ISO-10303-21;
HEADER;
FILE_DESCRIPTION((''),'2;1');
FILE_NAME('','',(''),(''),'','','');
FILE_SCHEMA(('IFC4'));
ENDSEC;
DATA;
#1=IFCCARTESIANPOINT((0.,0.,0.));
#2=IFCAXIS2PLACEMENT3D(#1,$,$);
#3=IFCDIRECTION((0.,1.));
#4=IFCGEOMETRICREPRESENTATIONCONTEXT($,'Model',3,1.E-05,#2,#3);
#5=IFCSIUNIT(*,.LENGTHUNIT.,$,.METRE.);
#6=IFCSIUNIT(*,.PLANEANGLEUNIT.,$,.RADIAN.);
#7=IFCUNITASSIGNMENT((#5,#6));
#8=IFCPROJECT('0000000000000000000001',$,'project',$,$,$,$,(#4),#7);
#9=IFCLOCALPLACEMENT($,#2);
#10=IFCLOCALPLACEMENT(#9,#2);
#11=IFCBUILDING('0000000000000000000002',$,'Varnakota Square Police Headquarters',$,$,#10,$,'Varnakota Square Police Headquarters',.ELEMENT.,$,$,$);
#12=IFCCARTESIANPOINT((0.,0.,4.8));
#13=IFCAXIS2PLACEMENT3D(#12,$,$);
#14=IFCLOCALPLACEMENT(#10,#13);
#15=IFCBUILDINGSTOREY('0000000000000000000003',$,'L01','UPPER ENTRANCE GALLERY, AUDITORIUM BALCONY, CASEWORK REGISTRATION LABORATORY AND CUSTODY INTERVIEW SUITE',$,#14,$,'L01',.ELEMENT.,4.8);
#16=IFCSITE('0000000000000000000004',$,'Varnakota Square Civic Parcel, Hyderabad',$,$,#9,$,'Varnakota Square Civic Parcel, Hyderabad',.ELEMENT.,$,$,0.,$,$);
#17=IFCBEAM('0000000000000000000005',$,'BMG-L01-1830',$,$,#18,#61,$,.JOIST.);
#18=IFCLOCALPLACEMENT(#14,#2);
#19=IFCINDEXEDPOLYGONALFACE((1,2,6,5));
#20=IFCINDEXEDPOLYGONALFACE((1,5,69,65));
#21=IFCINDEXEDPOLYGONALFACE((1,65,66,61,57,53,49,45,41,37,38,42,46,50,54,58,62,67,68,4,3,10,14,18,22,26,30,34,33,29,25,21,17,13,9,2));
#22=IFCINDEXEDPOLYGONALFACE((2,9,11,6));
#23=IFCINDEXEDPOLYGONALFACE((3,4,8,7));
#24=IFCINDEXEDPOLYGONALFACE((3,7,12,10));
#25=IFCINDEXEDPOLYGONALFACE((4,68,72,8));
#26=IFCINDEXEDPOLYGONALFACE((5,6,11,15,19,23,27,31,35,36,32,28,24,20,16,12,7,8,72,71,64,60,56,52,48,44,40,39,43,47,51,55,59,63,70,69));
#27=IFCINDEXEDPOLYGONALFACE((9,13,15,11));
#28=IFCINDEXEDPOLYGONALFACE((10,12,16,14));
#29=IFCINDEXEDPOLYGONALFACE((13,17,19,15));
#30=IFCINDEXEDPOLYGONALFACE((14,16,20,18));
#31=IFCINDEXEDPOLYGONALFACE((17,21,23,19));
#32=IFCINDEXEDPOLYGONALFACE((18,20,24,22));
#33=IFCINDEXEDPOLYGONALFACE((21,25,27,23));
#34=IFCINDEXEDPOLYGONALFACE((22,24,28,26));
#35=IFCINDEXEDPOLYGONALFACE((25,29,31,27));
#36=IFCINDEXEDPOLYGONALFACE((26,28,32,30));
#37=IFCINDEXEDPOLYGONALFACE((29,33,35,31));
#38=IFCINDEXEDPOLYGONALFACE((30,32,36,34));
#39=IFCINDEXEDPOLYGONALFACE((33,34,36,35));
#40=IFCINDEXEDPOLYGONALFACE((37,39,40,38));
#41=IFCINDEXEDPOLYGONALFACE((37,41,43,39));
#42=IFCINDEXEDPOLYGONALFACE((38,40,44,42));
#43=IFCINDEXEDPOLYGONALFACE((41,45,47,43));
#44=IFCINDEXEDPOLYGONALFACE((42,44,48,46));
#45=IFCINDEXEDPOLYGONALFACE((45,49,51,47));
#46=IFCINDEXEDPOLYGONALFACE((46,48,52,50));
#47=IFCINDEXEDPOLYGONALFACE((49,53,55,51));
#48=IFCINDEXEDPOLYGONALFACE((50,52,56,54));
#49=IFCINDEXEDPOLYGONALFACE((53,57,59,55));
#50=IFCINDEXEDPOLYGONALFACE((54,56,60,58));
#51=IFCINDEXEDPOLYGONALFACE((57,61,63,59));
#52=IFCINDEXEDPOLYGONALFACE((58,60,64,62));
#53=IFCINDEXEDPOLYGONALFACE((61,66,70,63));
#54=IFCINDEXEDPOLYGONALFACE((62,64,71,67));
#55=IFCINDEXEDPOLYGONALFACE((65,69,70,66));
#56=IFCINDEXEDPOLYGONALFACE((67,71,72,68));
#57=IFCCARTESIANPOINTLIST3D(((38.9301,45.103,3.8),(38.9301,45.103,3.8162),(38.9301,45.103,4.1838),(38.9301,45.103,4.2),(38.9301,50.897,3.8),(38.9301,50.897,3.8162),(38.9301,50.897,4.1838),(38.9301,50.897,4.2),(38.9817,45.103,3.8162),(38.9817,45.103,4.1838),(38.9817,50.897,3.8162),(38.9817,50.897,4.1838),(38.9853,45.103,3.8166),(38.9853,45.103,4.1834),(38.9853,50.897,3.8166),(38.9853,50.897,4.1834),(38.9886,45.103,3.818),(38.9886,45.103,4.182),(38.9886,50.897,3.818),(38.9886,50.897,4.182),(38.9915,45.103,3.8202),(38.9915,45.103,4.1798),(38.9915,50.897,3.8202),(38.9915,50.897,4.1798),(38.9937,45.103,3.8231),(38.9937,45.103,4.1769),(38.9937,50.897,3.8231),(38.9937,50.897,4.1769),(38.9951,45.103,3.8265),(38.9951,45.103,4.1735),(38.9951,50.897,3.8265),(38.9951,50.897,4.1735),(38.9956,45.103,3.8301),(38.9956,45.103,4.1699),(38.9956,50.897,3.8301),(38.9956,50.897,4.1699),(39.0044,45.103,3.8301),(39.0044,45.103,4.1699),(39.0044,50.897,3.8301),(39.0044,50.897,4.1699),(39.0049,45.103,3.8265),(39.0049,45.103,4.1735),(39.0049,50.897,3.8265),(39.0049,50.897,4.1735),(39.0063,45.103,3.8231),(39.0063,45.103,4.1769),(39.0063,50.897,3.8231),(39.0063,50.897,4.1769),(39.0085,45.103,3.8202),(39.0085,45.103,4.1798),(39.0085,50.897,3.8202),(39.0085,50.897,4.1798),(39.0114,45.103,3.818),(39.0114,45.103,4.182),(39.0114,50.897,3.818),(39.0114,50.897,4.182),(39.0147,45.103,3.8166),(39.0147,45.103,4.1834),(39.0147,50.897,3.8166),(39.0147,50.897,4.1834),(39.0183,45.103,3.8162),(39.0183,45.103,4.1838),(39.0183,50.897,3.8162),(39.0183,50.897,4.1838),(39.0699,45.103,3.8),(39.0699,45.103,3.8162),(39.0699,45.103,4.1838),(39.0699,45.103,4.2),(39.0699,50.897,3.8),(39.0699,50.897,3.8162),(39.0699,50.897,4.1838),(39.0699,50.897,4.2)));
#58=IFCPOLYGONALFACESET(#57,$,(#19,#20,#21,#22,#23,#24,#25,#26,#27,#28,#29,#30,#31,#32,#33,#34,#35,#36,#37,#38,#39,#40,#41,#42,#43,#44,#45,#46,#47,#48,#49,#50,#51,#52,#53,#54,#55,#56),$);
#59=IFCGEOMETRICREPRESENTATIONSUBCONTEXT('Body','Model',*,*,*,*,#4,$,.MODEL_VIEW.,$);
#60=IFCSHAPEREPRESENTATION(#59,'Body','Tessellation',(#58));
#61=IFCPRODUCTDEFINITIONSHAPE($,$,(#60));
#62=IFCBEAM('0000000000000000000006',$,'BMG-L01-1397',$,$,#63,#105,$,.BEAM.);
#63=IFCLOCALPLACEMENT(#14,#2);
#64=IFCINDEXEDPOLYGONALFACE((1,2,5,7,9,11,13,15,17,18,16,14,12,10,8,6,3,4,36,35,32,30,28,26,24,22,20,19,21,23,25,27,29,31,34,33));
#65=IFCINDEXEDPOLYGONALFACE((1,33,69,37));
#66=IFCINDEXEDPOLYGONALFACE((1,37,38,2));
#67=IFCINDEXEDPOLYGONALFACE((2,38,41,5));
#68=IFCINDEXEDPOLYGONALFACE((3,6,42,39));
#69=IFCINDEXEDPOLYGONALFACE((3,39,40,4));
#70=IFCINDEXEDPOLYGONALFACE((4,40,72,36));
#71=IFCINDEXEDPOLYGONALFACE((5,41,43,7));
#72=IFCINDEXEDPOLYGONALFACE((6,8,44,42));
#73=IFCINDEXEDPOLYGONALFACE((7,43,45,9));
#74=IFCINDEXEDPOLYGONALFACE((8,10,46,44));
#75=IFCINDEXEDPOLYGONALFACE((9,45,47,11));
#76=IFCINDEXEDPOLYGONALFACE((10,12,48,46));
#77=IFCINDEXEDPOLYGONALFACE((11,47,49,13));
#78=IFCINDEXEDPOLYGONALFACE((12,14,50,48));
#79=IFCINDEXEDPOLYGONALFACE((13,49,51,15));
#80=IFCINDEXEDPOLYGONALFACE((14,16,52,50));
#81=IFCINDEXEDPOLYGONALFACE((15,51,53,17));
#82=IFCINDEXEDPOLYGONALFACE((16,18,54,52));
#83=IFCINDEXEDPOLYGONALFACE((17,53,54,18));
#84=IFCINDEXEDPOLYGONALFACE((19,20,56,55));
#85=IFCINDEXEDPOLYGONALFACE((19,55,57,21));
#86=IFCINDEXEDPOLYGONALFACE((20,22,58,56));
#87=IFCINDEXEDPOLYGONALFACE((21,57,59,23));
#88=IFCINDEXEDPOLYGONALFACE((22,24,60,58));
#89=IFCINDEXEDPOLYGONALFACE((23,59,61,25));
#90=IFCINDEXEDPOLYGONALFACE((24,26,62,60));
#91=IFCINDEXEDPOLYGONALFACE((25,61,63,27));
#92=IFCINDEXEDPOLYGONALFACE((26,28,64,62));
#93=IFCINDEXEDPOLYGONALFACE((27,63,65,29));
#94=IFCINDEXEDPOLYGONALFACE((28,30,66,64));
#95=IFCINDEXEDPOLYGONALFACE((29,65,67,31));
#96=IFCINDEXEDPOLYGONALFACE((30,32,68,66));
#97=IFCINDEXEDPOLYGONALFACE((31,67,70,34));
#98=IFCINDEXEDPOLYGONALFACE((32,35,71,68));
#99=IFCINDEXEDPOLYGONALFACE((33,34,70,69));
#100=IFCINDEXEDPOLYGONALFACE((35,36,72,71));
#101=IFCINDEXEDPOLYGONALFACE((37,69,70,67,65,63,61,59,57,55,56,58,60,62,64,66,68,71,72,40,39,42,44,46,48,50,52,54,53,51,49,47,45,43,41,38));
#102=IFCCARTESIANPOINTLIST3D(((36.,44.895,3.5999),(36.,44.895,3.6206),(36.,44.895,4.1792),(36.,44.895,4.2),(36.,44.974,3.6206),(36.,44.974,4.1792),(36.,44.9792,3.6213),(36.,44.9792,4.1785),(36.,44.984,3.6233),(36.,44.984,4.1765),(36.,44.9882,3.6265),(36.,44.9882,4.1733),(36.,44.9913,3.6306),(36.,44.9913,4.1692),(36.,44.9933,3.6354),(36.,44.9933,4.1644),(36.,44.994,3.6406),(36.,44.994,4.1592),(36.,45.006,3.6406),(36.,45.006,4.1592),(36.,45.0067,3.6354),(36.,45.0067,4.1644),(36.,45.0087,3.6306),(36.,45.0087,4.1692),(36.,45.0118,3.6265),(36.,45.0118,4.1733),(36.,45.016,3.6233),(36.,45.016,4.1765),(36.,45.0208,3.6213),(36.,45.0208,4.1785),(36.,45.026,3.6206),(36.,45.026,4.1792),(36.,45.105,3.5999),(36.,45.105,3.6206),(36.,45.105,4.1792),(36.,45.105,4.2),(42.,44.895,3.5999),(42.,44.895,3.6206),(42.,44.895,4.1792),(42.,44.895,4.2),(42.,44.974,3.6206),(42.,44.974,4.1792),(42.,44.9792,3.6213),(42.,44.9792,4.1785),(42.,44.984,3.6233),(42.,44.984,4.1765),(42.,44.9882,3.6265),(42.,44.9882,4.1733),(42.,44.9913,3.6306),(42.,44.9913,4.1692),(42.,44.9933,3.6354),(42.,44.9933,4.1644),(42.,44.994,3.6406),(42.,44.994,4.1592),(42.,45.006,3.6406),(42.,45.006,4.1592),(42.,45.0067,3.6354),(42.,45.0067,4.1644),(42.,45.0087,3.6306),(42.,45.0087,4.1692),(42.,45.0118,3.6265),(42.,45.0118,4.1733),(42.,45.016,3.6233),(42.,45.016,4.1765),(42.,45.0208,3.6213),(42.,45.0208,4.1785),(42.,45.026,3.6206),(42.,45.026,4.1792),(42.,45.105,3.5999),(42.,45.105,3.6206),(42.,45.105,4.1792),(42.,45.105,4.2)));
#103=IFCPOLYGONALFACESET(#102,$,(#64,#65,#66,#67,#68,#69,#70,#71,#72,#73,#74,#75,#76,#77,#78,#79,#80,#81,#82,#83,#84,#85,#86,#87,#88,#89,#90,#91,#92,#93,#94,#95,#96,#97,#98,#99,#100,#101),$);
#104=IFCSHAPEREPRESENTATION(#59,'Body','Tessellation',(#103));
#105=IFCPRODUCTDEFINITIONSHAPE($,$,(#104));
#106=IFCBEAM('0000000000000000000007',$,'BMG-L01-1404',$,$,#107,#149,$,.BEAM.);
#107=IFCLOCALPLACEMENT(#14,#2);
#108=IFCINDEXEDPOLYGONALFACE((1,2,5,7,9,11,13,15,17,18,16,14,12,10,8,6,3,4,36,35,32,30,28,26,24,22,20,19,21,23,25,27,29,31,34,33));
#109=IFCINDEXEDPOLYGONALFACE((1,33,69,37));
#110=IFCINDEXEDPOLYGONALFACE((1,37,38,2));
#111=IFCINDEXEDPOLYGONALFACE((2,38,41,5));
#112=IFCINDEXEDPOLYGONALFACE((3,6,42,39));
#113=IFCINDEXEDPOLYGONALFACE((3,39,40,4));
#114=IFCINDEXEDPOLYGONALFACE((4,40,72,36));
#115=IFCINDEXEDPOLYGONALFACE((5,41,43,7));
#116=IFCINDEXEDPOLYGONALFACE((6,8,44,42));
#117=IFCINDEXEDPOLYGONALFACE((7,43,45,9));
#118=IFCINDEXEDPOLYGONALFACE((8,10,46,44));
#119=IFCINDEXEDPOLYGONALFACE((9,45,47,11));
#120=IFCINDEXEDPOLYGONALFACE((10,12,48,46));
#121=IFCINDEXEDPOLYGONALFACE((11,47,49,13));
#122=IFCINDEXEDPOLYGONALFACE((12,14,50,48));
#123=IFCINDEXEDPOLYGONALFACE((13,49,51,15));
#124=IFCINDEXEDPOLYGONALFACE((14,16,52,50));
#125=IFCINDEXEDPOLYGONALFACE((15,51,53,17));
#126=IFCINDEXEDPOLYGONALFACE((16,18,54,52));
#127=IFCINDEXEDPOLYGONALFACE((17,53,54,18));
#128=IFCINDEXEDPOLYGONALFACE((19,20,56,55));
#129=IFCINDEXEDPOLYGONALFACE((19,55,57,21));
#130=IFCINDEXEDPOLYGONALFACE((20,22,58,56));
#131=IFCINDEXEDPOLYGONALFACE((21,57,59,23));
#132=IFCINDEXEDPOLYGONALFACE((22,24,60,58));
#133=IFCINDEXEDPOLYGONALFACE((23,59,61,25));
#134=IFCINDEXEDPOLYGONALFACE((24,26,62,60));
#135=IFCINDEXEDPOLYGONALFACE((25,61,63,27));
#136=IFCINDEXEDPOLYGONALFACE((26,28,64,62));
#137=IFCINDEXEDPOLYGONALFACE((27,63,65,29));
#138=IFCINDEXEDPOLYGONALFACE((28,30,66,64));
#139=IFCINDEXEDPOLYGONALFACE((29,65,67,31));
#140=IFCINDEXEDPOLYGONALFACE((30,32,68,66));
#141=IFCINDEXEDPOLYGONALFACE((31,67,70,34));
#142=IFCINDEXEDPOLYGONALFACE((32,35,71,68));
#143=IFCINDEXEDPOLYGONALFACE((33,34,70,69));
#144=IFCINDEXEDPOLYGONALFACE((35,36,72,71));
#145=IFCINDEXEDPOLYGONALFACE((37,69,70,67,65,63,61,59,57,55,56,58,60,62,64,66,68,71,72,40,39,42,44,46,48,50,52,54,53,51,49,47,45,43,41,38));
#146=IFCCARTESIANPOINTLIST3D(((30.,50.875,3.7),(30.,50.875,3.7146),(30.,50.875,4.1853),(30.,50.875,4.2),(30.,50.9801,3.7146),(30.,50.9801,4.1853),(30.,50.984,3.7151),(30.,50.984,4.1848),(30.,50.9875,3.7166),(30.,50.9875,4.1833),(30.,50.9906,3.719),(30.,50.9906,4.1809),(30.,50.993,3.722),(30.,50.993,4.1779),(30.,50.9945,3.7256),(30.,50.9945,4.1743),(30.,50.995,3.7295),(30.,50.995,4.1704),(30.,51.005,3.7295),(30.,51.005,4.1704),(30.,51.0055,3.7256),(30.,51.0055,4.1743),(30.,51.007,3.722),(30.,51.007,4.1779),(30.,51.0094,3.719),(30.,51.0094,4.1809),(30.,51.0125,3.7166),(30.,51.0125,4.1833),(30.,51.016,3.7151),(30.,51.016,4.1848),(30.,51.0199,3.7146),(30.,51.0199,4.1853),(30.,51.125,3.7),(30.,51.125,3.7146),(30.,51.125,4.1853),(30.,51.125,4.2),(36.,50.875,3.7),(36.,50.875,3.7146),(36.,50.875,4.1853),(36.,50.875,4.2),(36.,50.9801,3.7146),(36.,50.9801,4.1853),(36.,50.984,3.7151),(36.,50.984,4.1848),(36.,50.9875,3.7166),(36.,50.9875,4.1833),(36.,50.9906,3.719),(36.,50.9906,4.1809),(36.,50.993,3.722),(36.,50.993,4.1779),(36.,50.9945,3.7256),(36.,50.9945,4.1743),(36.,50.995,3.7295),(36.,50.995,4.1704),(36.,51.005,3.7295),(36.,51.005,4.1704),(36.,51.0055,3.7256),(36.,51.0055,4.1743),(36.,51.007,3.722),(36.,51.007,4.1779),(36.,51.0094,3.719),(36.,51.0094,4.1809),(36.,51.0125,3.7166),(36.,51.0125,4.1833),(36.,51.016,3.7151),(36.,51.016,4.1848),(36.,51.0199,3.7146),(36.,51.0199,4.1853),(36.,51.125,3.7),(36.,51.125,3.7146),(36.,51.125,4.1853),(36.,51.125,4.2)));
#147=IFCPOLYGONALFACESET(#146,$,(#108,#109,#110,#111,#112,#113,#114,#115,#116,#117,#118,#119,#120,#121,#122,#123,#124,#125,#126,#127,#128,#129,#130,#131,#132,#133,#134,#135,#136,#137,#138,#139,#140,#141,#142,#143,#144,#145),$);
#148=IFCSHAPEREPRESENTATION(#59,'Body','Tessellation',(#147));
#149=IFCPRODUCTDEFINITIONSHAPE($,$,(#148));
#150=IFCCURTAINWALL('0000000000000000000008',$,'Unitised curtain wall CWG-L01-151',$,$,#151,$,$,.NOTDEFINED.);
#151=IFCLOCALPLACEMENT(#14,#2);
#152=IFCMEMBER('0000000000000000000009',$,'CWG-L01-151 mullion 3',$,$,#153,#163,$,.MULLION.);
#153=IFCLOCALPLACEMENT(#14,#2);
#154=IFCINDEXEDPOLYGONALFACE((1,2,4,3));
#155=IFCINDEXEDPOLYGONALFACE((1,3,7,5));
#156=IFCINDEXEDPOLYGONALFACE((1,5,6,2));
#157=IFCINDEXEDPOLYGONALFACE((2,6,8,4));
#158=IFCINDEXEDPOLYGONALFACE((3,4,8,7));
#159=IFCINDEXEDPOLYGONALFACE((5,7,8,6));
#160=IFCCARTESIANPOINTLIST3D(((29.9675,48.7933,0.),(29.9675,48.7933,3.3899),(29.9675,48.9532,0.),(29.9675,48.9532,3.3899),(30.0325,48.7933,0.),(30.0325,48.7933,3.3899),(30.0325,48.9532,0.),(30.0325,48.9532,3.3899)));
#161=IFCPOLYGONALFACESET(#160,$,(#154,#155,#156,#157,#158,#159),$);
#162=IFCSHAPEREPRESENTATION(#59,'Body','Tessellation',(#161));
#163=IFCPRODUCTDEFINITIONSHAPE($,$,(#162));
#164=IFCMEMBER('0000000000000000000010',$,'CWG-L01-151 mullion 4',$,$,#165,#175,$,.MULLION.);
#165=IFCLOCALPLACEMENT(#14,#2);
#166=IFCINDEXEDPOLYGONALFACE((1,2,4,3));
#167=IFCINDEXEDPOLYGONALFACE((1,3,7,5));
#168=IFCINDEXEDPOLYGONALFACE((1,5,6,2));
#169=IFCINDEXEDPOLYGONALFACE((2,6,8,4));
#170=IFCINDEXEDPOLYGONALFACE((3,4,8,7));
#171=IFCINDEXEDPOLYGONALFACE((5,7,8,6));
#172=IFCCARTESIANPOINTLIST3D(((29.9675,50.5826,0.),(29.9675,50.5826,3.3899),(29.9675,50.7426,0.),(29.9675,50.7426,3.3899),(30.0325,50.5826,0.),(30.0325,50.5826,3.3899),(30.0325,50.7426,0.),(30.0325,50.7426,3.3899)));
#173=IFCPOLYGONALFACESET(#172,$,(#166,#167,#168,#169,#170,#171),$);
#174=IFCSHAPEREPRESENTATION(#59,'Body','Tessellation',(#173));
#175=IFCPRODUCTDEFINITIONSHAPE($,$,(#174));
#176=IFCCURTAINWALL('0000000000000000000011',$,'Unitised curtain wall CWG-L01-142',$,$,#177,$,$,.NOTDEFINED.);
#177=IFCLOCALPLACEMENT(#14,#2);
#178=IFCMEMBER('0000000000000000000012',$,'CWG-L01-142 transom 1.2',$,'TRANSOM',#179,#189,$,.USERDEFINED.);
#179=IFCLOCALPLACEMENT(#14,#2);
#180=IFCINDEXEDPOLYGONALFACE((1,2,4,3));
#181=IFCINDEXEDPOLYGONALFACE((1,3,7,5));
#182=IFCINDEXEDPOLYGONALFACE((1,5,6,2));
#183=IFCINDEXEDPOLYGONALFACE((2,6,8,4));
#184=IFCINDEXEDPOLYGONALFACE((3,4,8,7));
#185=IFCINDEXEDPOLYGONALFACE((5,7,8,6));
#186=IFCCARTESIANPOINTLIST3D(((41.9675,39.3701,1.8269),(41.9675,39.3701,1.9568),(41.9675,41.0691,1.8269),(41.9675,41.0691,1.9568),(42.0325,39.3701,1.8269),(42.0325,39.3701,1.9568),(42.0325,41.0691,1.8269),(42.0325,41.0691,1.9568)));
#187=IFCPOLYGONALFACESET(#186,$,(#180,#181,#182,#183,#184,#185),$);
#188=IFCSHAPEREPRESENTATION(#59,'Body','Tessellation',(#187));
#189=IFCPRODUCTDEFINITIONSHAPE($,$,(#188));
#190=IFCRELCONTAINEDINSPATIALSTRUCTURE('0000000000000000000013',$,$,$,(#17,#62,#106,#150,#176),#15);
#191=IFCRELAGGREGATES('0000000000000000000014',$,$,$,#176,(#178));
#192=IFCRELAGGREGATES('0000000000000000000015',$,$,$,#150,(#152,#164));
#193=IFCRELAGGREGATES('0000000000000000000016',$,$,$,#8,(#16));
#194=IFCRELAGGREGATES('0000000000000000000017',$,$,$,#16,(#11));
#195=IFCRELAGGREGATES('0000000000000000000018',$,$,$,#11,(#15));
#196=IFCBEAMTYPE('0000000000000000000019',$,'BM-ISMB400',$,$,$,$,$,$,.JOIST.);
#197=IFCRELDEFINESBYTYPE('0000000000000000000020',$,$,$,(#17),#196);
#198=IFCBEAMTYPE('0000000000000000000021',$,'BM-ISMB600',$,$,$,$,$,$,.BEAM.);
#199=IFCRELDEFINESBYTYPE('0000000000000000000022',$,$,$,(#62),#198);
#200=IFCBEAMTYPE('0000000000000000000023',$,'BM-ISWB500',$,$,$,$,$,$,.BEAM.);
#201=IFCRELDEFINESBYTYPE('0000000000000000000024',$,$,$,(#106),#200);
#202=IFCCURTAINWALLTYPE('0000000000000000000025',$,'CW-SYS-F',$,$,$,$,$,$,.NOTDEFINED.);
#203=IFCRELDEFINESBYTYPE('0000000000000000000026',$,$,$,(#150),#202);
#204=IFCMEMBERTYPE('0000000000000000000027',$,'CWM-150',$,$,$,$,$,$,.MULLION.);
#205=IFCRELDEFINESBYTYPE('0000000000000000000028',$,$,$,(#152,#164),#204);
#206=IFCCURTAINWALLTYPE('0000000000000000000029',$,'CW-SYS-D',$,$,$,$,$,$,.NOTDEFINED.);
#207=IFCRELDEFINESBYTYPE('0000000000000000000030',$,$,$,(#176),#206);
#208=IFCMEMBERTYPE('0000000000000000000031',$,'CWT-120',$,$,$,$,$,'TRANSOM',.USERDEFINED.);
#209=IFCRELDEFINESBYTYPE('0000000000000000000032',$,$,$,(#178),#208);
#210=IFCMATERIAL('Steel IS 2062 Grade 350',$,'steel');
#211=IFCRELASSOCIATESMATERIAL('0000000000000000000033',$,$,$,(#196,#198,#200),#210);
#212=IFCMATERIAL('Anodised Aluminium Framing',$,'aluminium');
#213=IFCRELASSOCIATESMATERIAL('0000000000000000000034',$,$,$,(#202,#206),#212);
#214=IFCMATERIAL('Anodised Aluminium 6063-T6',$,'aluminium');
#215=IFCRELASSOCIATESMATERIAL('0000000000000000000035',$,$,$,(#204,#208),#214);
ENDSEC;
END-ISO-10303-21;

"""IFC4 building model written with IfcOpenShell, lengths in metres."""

from ifc_helpers import new_model, si_unit, direction, frame, origin, origin_2d, place, context, subcontext, project, spatial, rectangle, i_section, extrude, material, material_profile, profile_set, type_object, element, aggregate, save


model = new_model("IFC4")

# Units and contexts
model_context = context("Model", 3, precision=1e-05, world=origin(), true_north=direction((0.0, 1.0)))
body_context = subcontext(model_context, "Body", "Model", "MODEL_VIEW")
ifc_project = project(units=[si_unit("LENGTHUNIT", "METRE"), si_unit("PLANEANGLEUNIT", "RADIAN")], contexts=[model_context])

# Site, building, storey
site_placement = place(None, origin())
site = spatial("IfcSite", under=ifc_project, at=site_placement, Name="Varnakota Square Civic Parcel, Hyderabad", LongName="Varnakota Square Civic Parcel, Hyderabad", CompositionType="ELEMENT", RefElevation=0.0)
building_placement = place(site_placement, origin())
building = spatial("IfcBuilding", under=site, at=building_placement, Name="Varnakota Square Police Headquarters", LongName="Varnakota Square Police Headquarters", CompositionType="ELEMENT")
storey_placement = place(building_placement, frame((0.0, 0.0, 4.8)))
storey = spatial("IfcBuildingStorey", under=building, at=storey_placement, Name="L01", Description="UPPER ENTRANCE GALLERY, AUDITORIUM BALCONY, CASEWORK REGISTRATION LABORATORY AND CUSTODY INTERVIEW SUITE", LongName="L01", CompositionType="ELEMENT", Elevation=4.8)

# Shared definitions
ifc_material_1 = material(Name="Steel IS 2062 Grade 350", Category="steel")

# Beams
ifc_material_profile_1 = material_profile(ifc_material_1, i_section(OverallWidth=0.1399, OverallDepth=0.3999, WebThickness=0.0088, FlangeThickness=0.0161, FilletRadius=0.0139, at=origin_2d()), Name="ISMB 400")
ifc_profile_set_1 = profile_set([ifc_material_profile_1], Name="Steel IS 2062 Grade 350")
beam_type_1 = type_object("IfcBeamType", Name="BM-ISMB400", PredefinedType="JOIST", material=ifc_profile_set_1)
beam_1_placement = place(storey_placement, frame((39.0, 45.103, 4.0), z_axis=(0.0, 1.0, 0.0), x_axis=(-1.0, 0.0, 0.0)))
element("IfcBeam", 1, at=beam_1_placement, inside=storey, type_object=beam_type_1, Name="BMG-L01-1830", PredefinedType="JOIST", context=body_context, shape_type="SweptSolid", body=[
    extrude(i_section(OverallWidth=0.1399, OverallDepth=0.3999, WebThickness=0.0088, FlangeThickness=0.0161, FilletRadius=0.0139, at=origin_2d()), origin(), (0.0, 0.0, 1.0), 5.7939),
])
ifc_material_profile_2 = material_profile(ifc_material_1, i_section(OverallWidth=0.21, OverallDepth=0.6001, WebThickness=0.012, FlangeThickness=0.0208, FilletRadius=0.02, at=origin_2d()), Name="ISMB 600")
ifc_profile_set_2 = profile_set([ifc_material_profile_2], Name="Steel IS 2062 Grade 350")
beam_type_2 = type_object("IfcBeamType", Name="BM-ISMB600", PredefinedType="BEAM", material=ifc_profile_set_2)
beam_2_placement = place(storey_placement, frame((36.0, 45.0, 3.8999), z_axis=(1.0, 0.0, 0.0), x_axis=(0.0, 1.0, 0.0)))
element("IfcBeam", 2, at=beam_2_placement, inside=storey, type_object=beam_type_2, Name="BMG-L01-1397", PredefinedType="BEAM", context=body_context, shape_type="SweptSolid", body=[
    extrude(i_section(OverallWidth=0.21, OverallDepth=0.6001, WebThickness=0.012, FlangeThickness=0.0208, FilletRadius=0.02, at=origin_2d()), origin(), (0.0, 0.0, 1.0), 6.0),
])
ifc_material_profile_3 = material_profile(ifc_material_1, i_section(OverallWidth=0.25, OverallDepth=0.5, WebThickness=0.01, FlangeThickness=0.0146, FilletRadius=0.0149, at=origin_2d()), Name="ISWB 500")
ifc_profile_set_3 = profile_set([ifc_material_profile_3], Name="Steel IS 2062 Grade 350")
beam_type_3 = type_object("IfcBeamType", Name="BM-ISWB500", PredefinedType="BEAM", material=ifc_profile_set_3)
beam_3_placement = place(storey_placement, frame((30.0, 51.0, 3.95), z_axis=(1.0, 0.0, 0.0), x_axis=(0.0, 1.0, 0.0)))
element("IfcBeam", 3, at=beam_3_placement, inside=storey, type_object=beam_type_3, Name="BMG-L01-1404", PredefinedType="BEAM", context=body_context, shape_type="SweptSolid", body=[
    extrude(i_section(OverallWidth=0.25, OverallDepth=0.5, WebThickness=0.01, FlangeThickness=0.0146, FilletRadius=0.0149, at=origin_2d()), origin(), (0.0, 0.0, 1.0), 6.0),
])

# Curtain walls, members
ifc_material_2 = material(Name="Anodised Aluminium Framing", Category="aluminium")
curtain_wall_type_1 = type_object("IfcCurtainWallType", Name="CW-SYS-F", PredefinedType="NOTDEFINED", material=ifc_material_2)
curtain_wall_1_placement = place(storey_placement, origin())
curtain_wall_1 = element("IfcCurtainWall", 4, at=curtain_wall_1_placement, inside=storey, type_object=curtain_wall_type_1, Name="Unitised curtain wall CWG-L01-151", PredefinedType="NOTDEFINED")
ifc_material_3 = material(Name="Anodised Aluminium 6063-T6", Category="aluminium")
ifc_material_profile_4 = material_profile(ifc_material_3, rectangle(XDim=0.0649, YDim=0.1599, at=origin_2d()), Name="ALU MULLION 65x160")
ifc_profile_set_4 = profile_set([ifc_material_profile_4], Name="Anodised Aluminium 6063-T6")
member_type_1 = type_object("IfcMemberType", Name="CWM-150", PredefinedType="MULLION", material=ifc_profile_set_4)
member_1_placement = place(storey_placement, frame((30.0, 48.8733, 0.0), z_axis=(0.0, 0.0, 1.0), x_axis=(-1.0, 0.0, 0.0)))
member_1 = element("IfcMember", 5, at=member_1_placement, type_object=member_type_1, Name="CWG-L01-151 mullion 3", PredefinedType="MULLION", context=body_context, shape_type="SweptSolid", body=[
    extrude(rectangle(XDim=0.0649, YDim=0.1599, at=origin_2d()), origin(), (0.0, 0.0, 1.0), 3.3899),
])
member_2_placement = place(storey_placement, frame((30.0, 50.6626, 0.0), z_axis=(0.0, 0.0, 1.0), x_axis=(-1.0, 0.0, 0.0)))
member_2 = element("IfcMember", 6, at=member_2_placement, type_object=member_type_1, Name="CWG-L01-151 mullion 4", PredefinedType="MULLION", context=body_context, shape_type="SweptSolid", body=[
    extrude(rectangle(XDim=0.0649, YDim=0.1599, at=origin_2d()), origin(), (0.0, 0.0, 1.0), 3.3899),
])
curtain_wall_type_2 = type_object("IfcCurtainWallType", Name="CW-SYS-D", PredefinedType="NOTDEFINED", material=ifc_material_2)
curtain_wall_2_placement = place(storey_placement, origin())
curtain_wall_2 = element("IfcCurtainWall", 7, at=curtain_wall_2_placement, inside=storey, type_object=curtain_wall_type_2, Name="Unitised curtain wall CWG-L01-142", PredefinedType="NOTDEFINED")
ifc_material_profile_5 = material_profile(ifc_material_3, rectangle(XDim=0.0649, YDim=0.1299, at=origin_2d()), Name="ALU TRANSOM 65x130")
ifc_profile_set_5 = profile_set([ifc_material_profile_5], Name="Anodised Aluminium 6063-T6")
member_type_2 = type_object("IfcMemberType", Name="CWT-120", ElementType="TRANSOM", PredefinedType="USERDEFINED", material=ifc_profile_set_5)
member_3_placement = place(storey_placement, frame((42.0, 39.3701, 1.8918), z_axis=(0.0, 1.0, 0.0), x_axis=(-1.0, 0.0, 0.0)))
member_3 = element("IfcMember", 8, at=member_3_placement, type_object=member_type_2, Name="CWG-L01-142 transom 1.2", ObjectType="TRANSOM", PredefinedType="USERDEFINED", context=body_context, shape_type="SweptSolid", body=[
    extrude(rectangle(XDim=0.0649, YDim=0.1299, at=origin_2d()), origin(), (0.0, 0.0, 1.0), 1.699),
])

aggregate(curtain_wall_2, [member_3])
aggregate(curtain_wall_1, [member_1, member_2])

save(model, "model.ifc")
